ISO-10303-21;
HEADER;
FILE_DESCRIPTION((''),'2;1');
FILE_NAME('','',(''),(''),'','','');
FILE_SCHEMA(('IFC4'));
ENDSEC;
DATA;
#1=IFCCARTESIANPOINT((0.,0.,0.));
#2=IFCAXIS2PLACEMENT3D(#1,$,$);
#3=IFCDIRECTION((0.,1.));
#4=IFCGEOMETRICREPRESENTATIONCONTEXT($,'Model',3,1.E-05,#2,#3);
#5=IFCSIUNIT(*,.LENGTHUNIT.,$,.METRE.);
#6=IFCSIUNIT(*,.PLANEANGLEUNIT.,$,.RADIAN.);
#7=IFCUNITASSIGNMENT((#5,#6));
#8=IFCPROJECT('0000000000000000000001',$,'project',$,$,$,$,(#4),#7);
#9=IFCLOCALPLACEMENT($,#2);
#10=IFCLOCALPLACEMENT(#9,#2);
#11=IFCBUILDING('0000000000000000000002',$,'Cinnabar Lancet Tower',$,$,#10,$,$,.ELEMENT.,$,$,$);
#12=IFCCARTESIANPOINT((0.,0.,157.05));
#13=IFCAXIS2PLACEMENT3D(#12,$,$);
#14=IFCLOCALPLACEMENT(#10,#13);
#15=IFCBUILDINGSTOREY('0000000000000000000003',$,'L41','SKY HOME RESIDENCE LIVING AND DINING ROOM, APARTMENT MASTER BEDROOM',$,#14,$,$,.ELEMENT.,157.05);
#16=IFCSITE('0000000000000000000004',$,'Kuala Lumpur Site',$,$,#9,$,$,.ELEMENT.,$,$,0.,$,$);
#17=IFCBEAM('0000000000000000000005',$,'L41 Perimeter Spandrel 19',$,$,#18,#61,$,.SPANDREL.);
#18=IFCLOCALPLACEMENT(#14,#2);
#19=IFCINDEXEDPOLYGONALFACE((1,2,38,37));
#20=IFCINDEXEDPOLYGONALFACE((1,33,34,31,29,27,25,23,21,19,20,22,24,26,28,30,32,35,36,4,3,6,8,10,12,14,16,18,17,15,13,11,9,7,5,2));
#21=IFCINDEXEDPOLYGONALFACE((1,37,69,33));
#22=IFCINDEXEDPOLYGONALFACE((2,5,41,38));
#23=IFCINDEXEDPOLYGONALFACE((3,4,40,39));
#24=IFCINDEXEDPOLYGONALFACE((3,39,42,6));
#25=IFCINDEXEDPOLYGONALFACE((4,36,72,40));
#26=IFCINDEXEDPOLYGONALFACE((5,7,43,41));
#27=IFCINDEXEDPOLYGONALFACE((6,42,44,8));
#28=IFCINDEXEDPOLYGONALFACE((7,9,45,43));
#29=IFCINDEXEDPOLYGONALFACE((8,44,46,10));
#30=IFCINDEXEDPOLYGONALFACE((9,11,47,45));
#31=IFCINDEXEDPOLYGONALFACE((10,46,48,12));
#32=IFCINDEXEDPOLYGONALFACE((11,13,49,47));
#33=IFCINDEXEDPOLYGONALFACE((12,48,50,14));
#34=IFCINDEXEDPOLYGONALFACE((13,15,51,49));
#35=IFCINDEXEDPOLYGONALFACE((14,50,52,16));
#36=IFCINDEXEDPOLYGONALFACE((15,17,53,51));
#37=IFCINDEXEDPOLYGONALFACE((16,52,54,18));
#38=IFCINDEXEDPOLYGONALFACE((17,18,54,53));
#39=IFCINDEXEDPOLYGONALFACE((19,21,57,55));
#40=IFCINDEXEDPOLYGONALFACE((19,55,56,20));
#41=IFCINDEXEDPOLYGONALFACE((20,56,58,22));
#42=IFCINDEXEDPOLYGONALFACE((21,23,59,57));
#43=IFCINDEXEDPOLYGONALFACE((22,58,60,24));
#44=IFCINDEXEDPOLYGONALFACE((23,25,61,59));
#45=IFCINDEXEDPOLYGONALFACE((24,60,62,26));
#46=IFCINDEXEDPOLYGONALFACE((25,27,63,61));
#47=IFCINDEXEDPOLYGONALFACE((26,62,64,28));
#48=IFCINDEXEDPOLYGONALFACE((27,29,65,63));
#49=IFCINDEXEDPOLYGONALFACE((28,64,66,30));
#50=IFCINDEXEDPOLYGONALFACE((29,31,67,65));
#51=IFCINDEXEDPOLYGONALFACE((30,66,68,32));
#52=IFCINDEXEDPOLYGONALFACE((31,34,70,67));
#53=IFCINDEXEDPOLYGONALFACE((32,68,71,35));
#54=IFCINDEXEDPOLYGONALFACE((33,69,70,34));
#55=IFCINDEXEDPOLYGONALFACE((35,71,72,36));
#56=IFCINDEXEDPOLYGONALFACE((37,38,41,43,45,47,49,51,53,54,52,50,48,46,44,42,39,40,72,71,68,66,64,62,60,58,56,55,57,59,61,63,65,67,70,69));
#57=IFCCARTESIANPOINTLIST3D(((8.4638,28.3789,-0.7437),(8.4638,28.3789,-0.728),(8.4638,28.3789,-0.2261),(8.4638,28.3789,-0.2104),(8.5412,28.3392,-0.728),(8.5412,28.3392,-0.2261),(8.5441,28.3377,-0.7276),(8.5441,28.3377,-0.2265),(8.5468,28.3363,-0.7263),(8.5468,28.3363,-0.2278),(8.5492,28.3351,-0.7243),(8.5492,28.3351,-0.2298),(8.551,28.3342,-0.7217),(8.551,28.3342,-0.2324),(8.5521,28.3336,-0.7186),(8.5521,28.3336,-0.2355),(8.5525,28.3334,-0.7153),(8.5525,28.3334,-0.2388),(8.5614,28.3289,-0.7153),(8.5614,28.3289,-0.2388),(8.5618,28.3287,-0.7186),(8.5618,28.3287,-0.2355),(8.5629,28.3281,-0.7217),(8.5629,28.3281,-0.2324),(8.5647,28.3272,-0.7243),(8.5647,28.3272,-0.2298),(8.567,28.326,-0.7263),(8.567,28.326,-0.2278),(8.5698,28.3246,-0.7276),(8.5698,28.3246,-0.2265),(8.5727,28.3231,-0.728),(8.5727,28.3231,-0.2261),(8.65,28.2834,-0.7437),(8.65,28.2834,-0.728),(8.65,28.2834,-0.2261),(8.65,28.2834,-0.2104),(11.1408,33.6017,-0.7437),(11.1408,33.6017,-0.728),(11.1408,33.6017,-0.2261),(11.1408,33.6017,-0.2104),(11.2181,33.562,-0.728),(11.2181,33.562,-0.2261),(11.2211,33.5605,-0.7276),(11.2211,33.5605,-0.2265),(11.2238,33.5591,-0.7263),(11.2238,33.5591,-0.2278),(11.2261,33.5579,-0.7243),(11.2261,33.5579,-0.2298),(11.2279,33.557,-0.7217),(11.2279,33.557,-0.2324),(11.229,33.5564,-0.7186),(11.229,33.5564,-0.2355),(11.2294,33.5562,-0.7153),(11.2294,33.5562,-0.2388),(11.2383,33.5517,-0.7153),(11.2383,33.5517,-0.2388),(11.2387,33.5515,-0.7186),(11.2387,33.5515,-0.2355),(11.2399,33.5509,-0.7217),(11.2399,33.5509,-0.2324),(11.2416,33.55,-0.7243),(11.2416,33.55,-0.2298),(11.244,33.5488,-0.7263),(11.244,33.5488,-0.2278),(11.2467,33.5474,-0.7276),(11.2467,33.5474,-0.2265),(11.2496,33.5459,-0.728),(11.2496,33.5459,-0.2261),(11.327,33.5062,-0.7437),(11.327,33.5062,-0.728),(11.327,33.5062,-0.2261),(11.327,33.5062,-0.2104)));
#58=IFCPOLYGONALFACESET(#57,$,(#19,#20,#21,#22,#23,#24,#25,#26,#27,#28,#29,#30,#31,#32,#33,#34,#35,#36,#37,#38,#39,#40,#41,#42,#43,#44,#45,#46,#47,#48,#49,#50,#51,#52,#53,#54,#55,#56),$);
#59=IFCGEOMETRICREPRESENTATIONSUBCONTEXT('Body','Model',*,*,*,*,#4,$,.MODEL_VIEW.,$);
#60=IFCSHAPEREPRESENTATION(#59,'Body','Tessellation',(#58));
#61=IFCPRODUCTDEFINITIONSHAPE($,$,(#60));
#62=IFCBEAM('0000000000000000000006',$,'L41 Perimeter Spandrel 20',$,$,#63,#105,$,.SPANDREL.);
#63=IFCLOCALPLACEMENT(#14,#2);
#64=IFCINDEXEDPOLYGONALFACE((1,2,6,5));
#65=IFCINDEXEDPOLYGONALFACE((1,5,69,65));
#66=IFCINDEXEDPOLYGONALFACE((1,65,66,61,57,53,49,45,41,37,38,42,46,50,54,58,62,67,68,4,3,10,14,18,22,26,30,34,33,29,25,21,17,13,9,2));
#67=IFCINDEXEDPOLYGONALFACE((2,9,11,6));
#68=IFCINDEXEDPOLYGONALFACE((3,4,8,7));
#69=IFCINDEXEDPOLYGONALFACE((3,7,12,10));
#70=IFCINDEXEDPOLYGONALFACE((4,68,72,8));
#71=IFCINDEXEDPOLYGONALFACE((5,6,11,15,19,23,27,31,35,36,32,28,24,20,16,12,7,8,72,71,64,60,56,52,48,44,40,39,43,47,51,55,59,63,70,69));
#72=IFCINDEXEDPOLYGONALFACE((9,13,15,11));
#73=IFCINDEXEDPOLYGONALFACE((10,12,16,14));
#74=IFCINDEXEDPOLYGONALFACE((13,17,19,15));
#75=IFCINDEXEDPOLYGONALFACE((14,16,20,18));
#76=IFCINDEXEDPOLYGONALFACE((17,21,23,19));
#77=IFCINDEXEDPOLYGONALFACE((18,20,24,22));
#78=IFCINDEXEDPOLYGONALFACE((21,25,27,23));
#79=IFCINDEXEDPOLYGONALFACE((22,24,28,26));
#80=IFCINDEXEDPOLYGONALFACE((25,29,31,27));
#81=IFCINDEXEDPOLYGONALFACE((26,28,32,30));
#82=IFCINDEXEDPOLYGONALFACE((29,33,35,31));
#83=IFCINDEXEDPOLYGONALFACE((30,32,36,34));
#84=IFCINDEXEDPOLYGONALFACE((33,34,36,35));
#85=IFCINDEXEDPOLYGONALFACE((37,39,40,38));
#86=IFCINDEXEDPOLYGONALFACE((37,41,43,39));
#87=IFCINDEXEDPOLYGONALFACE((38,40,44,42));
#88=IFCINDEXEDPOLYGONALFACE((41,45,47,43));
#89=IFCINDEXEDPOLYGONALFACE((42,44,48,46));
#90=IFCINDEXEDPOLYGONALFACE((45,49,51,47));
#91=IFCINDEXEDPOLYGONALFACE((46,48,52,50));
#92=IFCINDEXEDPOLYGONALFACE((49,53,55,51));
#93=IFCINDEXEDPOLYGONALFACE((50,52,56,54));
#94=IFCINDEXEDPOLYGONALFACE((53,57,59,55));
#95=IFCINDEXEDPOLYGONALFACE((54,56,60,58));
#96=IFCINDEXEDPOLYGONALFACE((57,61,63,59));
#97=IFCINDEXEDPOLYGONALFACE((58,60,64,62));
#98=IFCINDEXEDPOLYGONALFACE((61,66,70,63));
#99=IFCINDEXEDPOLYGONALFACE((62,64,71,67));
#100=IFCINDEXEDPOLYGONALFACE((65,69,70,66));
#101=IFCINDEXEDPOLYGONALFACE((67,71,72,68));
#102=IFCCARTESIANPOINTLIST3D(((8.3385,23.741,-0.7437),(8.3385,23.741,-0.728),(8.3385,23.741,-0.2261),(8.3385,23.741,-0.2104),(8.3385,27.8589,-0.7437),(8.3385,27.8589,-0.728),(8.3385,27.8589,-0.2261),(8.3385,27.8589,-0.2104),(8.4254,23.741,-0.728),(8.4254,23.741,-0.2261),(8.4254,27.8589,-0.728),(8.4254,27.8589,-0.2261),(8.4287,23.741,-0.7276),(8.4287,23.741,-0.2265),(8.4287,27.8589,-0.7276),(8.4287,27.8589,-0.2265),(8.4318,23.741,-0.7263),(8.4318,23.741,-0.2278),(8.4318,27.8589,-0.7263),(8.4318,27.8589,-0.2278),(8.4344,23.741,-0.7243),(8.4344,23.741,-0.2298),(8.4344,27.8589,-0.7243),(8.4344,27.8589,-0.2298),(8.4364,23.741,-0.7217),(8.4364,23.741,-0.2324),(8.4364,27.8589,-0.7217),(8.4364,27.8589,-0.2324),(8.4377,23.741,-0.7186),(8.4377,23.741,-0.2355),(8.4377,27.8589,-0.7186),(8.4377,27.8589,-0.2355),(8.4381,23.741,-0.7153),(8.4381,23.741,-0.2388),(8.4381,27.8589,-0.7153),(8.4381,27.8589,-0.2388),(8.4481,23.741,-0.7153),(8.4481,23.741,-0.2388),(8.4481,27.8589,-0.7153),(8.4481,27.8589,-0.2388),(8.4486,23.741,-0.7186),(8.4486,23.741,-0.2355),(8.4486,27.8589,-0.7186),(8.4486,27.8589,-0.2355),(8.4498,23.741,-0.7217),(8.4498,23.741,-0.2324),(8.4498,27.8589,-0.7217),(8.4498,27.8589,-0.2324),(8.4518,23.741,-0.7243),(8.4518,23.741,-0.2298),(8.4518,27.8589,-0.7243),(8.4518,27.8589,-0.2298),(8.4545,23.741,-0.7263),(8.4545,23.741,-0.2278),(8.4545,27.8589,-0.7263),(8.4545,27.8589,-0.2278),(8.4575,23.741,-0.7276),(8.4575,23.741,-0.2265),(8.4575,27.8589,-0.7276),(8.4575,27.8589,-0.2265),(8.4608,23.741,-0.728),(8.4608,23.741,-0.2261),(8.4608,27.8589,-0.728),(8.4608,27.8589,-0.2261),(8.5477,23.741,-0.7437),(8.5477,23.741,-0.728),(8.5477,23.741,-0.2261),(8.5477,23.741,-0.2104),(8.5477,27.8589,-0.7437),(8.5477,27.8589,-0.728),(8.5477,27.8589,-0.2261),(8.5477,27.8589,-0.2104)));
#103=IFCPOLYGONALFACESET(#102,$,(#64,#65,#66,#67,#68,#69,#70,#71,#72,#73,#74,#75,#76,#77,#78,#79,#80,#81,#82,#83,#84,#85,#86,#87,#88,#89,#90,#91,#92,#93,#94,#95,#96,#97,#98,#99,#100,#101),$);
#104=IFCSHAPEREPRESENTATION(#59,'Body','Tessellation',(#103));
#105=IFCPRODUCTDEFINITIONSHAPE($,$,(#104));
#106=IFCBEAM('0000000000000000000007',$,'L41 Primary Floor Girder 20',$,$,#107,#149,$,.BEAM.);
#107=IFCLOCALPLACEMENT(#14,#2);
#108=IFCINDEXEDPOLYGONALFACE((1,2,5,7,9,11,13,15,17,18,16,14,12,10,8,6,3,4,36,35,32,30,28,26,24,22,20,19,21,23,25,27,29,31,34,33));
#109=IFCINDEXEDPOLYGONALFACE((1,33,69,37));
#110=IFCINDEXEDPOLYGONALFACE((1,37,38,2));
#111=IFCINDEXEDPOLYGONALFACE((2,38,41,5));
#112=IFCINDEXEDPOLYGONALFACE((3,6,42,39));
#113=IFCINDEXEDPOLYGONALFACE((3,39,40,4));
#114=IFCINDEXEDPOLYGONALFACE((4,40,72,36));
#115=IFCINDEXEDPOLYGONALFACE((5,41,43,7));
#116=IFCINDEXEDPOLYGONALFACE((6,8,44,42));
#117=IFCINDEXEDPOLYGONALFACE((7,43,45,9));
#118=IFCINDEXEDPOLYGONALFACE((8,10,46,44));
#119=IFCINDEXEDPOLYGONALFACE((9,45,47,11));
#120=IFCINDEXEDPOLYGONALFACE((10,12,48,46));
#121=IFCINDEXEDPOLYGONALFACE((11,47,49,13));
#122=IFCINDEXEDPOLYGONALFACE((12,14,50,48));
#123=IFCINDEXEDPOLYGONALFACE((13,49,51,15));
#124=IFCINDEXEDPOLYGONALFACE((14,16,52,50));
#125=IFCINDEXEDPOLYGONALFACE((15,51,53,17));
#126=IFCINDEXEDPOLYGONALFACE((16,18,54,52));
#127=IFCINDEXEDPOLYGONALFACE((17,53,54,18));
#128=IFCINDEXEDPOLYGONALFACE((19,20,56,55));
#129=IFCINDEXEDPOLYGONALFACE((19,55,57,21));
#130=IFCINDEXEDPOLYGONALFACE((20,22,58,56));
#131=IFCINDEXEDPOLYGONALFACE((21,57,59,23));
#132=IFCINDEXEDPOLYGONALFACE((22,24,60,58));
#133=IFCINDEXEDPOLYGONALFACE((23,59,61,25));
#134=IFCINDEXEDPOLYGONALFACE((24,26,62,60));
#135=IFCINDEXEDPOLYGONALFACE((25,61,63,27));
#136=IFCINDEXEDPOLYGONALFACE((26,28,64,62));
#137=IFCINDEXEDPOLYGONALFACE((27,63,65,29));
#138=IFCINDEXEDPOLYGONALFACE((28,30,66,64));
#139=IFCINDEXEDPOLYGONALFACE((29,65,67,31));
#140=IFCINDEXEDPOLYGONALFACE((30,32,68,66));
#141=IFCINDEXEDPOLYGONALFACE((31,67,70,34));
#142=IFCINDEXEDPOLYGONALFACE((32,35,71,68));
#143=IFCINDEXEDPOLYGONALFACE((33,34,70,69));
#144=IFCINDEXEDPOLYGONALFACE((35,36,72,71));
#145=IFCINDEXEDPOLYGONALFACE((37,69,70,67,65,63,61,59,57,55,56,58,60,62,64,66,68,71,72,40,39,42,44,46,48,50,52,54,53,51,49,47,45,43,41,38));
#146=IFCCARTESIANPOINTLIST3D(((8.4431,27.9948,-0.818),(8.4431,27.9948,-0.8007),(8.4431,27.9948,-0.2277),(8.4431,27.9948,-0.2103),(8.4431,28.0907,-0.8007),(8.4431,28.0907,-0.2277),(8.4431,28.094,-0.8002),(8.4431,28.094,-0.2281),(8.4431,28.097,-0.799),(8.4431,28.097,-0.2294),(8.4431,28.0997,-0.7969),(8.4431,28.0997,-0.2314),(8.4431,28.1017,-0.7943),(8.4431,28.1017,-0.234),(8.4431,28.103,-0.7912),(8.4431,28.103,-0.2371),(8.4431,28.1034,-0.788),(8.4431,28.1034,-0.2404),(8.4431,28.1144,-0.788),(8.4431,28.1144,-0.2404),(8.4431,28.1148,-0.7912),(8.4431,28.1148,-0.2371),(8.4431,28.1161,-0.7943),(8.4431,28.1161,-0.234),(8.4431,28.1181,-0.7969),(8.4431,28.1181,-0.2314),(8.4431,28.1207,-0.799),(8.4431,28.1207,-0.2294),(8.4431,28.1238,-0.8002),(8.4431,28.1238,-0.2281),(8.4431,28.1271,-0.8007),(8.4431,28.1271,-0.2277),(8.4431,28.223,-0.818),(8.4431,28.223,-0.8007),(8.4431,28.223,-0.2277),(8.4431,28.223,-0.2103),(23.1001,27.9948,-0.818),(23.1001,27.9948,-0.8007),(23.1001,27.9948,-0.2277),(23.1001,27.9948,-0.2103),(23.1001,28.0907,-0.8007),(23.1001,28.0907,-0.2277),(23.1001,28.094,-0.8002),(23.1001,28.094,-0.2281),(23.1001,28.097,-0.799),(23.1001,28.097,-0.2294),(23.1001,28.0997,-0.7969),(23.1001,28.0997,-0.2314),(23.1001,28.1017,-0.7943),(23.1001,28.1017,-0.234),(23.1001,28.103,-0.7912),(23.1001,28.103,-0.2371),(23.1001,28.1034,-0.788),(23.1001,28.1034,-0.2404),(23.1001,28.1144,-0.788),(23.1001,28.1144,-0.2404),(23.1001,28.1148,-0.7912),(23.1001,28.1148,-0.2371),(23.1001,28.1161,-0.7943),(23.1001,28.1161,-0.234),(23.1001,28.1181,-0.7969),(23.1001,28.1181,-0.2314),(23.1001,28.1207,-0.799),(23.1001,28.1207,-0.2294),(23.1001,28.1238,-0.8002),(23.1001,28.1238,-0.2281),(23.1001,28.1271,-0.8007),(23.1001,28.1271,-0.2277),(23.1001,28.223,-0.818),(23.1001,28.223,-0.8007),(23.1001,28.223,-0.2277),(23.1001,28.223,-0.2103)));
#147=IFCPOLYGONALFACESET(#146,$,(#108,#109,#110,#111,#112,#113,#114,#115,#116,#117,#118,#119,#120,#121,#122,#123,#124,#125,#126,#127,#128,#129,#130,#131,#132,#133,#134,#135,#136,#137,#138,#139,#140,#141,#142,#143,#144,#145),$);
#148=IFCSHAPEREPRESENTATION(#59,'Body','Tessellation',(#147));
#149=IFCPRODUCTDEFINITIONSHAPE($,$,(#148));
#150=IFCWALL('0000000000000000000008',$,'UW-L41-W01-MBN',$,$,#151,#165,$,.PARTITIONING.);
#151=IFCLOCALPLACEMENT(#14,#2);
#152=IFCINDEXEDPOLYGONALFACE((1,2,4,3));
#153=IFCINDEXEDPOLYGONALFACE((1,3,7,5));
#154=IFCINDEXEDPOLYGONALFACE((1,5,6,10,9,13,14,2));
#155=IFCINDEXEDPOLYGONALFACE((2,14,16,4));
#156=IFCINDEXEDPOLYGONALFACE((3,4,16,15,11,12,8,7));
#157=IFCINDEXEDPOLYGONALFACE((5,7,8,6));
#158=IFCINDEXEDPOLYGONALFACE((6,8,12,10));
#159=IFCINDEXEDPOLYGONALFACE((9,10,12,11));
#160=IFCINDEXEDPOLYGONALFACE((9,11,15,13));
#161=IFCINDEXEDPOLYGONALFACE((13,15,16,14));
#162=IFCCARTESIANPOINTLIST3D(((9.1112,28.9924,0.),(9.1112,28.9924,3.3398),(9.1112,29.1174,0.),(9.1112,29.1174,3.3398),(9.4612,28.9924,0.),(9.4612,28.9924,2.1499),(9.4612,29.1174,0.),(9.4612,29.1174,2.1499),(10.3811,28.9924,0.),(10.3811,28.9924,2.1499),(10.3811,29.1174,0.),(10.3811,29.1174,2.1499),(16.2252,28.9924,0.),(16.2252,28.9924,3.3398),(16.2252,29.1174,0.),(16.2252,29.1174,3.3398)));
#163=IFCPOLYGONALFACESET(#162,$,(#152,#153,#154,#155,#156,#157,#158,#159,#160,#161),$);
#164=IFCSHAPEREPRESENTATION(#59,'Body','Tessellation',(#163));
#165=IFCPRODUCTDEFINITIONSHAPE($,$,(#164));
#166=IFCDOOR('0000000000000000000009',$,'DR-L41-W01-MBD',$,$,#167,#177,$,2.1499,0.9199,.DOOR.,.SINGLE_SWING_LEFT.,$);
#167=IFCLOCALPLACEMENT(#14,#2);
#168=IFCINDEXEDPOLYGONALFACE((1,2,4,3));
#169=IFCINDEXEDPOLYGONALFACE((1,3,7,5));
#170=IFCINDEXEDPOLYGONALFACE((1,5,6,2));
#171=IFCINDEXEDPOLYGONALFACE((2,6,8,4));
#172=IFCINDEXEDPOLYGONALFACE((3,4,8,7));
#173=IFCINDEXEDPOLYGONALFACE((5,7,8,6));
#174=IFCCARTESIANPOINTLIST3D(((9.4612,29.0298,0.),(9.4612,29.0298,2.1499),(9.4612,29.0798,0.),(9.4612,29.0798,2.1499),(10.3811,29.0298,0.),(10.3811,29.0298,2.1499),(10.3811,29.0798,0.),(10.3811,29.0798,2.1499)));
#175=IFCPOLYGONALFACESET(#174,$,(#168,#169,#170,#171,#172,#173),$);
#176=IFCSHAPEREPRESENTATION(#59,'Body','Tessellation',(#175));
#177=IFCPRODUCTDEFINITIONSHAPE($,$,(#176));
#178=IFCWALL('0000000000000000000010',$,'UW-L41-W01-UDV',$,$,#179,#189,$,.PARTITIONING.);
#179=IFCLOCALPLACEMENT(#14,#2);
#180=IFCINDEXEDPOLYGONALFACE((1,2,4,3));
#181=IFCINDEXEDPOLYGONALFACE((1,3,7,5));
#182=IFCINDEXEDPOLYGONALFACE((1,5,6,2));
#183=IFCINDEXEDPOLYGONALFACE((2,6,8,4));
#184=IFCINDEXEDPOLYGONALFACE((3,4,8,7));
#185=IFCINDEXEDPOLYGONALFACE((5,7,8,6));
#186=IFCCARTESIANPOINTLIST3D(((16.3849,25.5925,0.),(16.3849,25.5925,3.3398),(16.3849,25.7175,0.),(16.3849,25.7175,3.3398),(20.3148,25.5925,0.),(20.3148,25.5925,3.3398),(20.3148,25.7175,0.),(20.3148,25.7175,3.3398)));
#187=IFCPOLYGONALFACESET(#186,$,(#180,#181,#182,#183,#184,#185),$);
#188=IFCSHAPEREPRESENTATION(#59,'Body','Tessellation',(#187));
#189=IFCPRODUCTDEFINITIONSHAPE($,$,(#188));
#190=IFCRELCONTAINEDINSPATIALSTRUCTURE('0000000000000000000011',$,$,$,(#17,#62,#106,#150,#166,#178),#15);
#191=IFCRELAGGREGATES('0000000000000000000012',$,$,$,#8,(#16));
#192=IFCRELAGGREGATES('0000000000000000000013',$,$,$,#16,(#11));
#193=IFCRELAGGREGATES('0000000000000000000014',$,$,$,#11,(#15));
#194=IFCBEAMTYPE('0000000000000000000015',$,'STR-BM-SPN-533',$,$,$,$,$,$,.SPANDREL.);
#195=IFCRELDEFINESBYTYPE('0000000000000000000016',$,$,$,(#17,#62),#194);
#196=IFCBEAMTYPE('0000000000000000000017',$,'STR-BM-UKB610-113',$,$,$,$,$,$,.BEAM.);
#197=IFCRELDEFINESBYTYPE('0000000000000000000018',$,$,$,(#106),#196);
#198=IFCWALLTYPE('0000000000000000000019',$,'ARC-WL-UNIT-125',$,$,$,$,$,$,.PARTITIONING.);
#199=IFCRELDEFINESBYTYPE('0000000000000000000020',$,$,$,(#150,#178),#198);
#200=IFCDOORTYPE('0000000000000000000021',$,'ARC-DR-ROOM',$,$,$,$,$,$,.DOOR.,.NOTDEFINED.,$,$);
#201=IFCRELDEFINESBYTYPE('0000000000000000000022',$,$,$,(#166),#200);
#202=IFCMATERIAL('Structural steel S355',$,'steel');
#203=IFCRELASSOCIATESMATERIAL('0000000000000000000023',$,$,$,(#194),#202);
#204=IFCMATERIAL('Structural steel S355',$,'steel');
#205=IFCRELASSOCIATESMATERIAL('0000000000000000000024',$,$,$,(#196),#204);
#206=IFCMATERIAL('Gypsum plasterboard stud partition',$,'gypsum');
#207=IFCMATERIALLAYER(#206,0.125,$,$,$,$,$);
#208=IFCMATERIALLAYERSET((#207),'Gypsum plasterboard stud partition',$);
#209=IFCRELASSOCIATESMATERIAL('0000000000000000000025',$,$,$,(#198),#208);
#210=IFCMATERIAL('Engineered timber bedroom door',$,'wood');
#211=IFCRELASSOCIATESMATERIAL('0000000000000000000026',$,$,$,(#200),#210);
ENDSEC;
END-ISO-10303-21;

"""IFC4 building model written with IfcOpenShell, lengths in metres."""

from ifc_helpers import new_model, si_unit, direction, frame, frame_2d, origin, origin_2d, place, context, subcontext, project, spatial, rectangle, i_section, extrude, material, layer, layer_set, material_profile, profile_set, type_object, element, fill, save


model = new_model("IFC4")

# Units and contexts
model_context = context("Model", 3, precision=1e-05, world=origin(), true_north=direction((0.0, 1.0)))
body_context = subcontext(model_context, "Body", "Model", "MODEL_VIEW")
ifc_project = project(units=[si_unit("LENGTHUNIT", "METRE"), si_unit("PLANEANGLEUNIT", "RADIAN")], contexts=[model_context])

# Site, building, storey
site_placement = place(None, origin())
site = spatial("IfcSite", under=ifc_project, at=site_placement, Name="Kuala Lumpur Site", CompositionType="ELEMENT", RefElevation=0.0)
building_placement = place(site_placement, origin())
building = spatial("IfcBuilding", under=site, at=building_placement, Name="Cinnabar Lancet Tower", CompositionType="ELEMENT")
storey_placement = place(building_placement, frame((0.0, 0.0, 157.05)))
storey = spatial("IfcBuildingStorey", under=building, at=storey_placement, Name="L41", Description="SKY HOME RESIDENCE LIVING AND DINING ROOM, APARTMENT MASTER BEDROOM", CompositionType="ELEMENT", Elevation=157.05)

# Beams
ifc_material_1 = material(Name="Structural steel S355", Category="steel")
ifc_material_profile_1 = material_profile(ifc_material_1, i_section(OverallWidth=0.2092, OverallDepth=0.5332, WebThickness=0.01, FlangeThickness=0.0156, FilletRadius=0.0127, at=origin_2d()), Name="UKB 533x210x92")
ifc_profile_set_1 = profile_set([ifc_material_profile_1], Name="Structural steel S355")
beam_type_1 = type_object("IfcBeamType", Name="STR-BM-SPN-533", PredefinedType="SPANDREL", material=ifc_profile_set_1)
beam_1_placement = place(storey_placement, frame((11.2339, 33.554, -0.4771), z_axis=(-0.456127, -0.889915, 0.0), x_axis=(0.889915, -0.456127, 0.0)))
element("IfcBeam", 1, at=beam_1_placement, inside=storey, type_object=beam_type_1, Name="L41 Perimeter Spandrel 19", PredefinedType="SPANDREL", context=body_context, shape_type="SweptSolid", body=[
    extrude(i_section(OverallWidth=0.2092, OverallDepth=0.5332, WebThickness=0.01, FlangeThickness=0.0156, FilletRadius=0.0127, at=origin_2d()), origin(), (0.0, 0.0, 1.0), 5.8689),
])
beam_2_placement = place(storey_placement, frame((8.4431, 27.8589, -0.4771), z_axis=(0.0, -1.0, 0.0), x_axis=(1.0, 0.0, 0.0)))
element("IfcBeam", 2, at=beam_2_placement, inside=storey, type_object=beam_type_1, Name="L41 Perimeter Spandrel 20", PredefinedType="SPANDREL", context=body_context, shape_type="SweptSolid", body=[
    extrude(i_section(OverallWidth=0.2092, OverallDepth=0.5332, WebThickness=0.01, FlangeThickness=0.0156, FilletRadius=0.0127, at=origin_2d()), origin(), (0.0, 0.0, 1.0), 4.1179),
])
ifc_material_2 = material(Name="Structural steel S355", Category="steel")
ifc_material_profile_2 = material_profile(ifc_material_2, i_section(OverallWidth=0.2283, OverallDepth=0.6077, WebThickness=0.011, FlangeThickness=0.0173, FilletRadius=0.0127, at=origin_2d()), Name="UKB 610x229x113")
ifc_profile_set_2 = profile_set([ifc_material_profile_2], Name="Structural steel S355")
beam_type_2 = type_object("IfcBeamType", Name="STR-BM-UKB610-113", PredefinedType="BEAM", material=ifc_profile_set_2)
beam_3_placement = place(storey_placement, frame((8.4431, 28.1089, -0.5142), z_axis=(1.0, 0.0, 0.0), x_axis=(0.0, 1.0, 0.0)))
element("IfcBeam", 3, at=beam_3_placement, inside=storey, type_object=beam_type_2, Name="L41 Primary Floor Girder 20", PredefinedType="BEAM", context=body_context, shape_type="SweptSolid", body=[
    extrude(i_section(OverallWidth=0.2283, OverallDepth=0.6077, WebThickness=0.011, FlangeThickness=0.0173, FilletRadius=0.0127, at=origin_2d()), origin(), (0.0, 0.0, 1.0), 14.657),
])

# Wall, opening, door
ifc_material_3 = material(Name="Gypsum plasterboard stud partition", Category="gypsum")
ifc_layer_1 = layer(ifc_material_3, 0.125)
ifc_layer_set_1 = layer_set([ifc_layer_1], Name="Gypsum plasterboard stud partition")
wall_type_1 = type_object("IfcWallType", Name="ARC-WL-UNIT-125", PredefinedType="PARTITIONING", material=ifc_layer_set_1)
wall_1_placement = place(storey_placement, frame((9.1111, 29.0549, 0.0), z_axis=(0.0, 0.0, 1.0), x_axis=(1.0, 0.0, 0.0)))
wall_1 = element("IfcWall", 4, at=wall_1_placement, inside=storey, type_object=wall_type_1, Name="UW-L41-W01-MBN", PredefinedType="PARTITIONING", context=body_context, shape_type="SweptSolid", body=[
    extrude(rectangle(XDim=7.114, YDim=0.125, at=frame_2d((3.5571, 0.0))), origin(), (0.0, 0.0, 1.0), 3.3398),
])
opening_1_placement = place(wall_1_placement, frame((0.3501, 0.0, 0.0)))
opening_1 = element("IfcOpeningElement", 5, at=opening_1_placement, cuts=wall_1, PredefinedType="OPENING", context=body_context, shape_type="SweptSolid", body=[
    extrude(rectangle(XDim=0.9199, YDim=2.1499, at=frame_2d((0.46, 1.075))), frame((0.0, 0.0725, 0.0), z_axis=(0.0, -1.0, 0.0), x_axis=(1.0, 0.0, 0.0)), (0.0, 0.0, 1.0), 0.145),
])
ifc_material_4 = material(Name="Engineered timber bedroom door", Category="wood")
door_type_1 = type_object("IfcDoorType", Name="ARC-DR-ROOM", OperationType="NOTDEFINED", PredefinedType="DOOR", material=ifc_material_4)
door_1_placement = place(opening_1_placement, origin())
door_1 = element("IfcDoor", 6, at=door_1_placement, inside=storey, type_object=door_type_1, Name="DR-L41-W01-MBD", OperationType="SINGLE_SWING_LEFT", OverallHeight=2.1499, OverallWidth=0.9199, PredefinedType="DOOR", context=body_context, shape_type="SweptSolid", body=[
    extrude(rectangle(XDim=0.9199, YDim=2.1499, at=frame_2d((0.46, 1.075))), frame((0.0, 0.0249, 0.0), z_axis=(0.0, -1.0, 0.0), x_axis=(1.0, 0.0, 0.0)), (0.0, 0.0, 1.0), 0.05),
])
fill(opening_1, door_1)

# Wall
wall_2_placement = place(storey_placement, frame((16.385, 25.655, 0.0), z_axis=(0.0, 0.0, 1.0), x_axis=(1.0, 0.0, 0.0)))
element("IfcWall", 7, at=wall_2_placement, inside=storey, type_object=wall_type_1, Name="UW-L41-W01-UDV", PredefinedType="PARTITIONING", context=body_context, shape_type="SweptSolid", body=[
    extrude(rectangle(XDim=3.9299, YDim=0.125, at=frame_2d((1.9648, 0.0))), origin(), (0.0, 0.0, 1.0), 3.3398),
])

save(model, "model.ifc")
